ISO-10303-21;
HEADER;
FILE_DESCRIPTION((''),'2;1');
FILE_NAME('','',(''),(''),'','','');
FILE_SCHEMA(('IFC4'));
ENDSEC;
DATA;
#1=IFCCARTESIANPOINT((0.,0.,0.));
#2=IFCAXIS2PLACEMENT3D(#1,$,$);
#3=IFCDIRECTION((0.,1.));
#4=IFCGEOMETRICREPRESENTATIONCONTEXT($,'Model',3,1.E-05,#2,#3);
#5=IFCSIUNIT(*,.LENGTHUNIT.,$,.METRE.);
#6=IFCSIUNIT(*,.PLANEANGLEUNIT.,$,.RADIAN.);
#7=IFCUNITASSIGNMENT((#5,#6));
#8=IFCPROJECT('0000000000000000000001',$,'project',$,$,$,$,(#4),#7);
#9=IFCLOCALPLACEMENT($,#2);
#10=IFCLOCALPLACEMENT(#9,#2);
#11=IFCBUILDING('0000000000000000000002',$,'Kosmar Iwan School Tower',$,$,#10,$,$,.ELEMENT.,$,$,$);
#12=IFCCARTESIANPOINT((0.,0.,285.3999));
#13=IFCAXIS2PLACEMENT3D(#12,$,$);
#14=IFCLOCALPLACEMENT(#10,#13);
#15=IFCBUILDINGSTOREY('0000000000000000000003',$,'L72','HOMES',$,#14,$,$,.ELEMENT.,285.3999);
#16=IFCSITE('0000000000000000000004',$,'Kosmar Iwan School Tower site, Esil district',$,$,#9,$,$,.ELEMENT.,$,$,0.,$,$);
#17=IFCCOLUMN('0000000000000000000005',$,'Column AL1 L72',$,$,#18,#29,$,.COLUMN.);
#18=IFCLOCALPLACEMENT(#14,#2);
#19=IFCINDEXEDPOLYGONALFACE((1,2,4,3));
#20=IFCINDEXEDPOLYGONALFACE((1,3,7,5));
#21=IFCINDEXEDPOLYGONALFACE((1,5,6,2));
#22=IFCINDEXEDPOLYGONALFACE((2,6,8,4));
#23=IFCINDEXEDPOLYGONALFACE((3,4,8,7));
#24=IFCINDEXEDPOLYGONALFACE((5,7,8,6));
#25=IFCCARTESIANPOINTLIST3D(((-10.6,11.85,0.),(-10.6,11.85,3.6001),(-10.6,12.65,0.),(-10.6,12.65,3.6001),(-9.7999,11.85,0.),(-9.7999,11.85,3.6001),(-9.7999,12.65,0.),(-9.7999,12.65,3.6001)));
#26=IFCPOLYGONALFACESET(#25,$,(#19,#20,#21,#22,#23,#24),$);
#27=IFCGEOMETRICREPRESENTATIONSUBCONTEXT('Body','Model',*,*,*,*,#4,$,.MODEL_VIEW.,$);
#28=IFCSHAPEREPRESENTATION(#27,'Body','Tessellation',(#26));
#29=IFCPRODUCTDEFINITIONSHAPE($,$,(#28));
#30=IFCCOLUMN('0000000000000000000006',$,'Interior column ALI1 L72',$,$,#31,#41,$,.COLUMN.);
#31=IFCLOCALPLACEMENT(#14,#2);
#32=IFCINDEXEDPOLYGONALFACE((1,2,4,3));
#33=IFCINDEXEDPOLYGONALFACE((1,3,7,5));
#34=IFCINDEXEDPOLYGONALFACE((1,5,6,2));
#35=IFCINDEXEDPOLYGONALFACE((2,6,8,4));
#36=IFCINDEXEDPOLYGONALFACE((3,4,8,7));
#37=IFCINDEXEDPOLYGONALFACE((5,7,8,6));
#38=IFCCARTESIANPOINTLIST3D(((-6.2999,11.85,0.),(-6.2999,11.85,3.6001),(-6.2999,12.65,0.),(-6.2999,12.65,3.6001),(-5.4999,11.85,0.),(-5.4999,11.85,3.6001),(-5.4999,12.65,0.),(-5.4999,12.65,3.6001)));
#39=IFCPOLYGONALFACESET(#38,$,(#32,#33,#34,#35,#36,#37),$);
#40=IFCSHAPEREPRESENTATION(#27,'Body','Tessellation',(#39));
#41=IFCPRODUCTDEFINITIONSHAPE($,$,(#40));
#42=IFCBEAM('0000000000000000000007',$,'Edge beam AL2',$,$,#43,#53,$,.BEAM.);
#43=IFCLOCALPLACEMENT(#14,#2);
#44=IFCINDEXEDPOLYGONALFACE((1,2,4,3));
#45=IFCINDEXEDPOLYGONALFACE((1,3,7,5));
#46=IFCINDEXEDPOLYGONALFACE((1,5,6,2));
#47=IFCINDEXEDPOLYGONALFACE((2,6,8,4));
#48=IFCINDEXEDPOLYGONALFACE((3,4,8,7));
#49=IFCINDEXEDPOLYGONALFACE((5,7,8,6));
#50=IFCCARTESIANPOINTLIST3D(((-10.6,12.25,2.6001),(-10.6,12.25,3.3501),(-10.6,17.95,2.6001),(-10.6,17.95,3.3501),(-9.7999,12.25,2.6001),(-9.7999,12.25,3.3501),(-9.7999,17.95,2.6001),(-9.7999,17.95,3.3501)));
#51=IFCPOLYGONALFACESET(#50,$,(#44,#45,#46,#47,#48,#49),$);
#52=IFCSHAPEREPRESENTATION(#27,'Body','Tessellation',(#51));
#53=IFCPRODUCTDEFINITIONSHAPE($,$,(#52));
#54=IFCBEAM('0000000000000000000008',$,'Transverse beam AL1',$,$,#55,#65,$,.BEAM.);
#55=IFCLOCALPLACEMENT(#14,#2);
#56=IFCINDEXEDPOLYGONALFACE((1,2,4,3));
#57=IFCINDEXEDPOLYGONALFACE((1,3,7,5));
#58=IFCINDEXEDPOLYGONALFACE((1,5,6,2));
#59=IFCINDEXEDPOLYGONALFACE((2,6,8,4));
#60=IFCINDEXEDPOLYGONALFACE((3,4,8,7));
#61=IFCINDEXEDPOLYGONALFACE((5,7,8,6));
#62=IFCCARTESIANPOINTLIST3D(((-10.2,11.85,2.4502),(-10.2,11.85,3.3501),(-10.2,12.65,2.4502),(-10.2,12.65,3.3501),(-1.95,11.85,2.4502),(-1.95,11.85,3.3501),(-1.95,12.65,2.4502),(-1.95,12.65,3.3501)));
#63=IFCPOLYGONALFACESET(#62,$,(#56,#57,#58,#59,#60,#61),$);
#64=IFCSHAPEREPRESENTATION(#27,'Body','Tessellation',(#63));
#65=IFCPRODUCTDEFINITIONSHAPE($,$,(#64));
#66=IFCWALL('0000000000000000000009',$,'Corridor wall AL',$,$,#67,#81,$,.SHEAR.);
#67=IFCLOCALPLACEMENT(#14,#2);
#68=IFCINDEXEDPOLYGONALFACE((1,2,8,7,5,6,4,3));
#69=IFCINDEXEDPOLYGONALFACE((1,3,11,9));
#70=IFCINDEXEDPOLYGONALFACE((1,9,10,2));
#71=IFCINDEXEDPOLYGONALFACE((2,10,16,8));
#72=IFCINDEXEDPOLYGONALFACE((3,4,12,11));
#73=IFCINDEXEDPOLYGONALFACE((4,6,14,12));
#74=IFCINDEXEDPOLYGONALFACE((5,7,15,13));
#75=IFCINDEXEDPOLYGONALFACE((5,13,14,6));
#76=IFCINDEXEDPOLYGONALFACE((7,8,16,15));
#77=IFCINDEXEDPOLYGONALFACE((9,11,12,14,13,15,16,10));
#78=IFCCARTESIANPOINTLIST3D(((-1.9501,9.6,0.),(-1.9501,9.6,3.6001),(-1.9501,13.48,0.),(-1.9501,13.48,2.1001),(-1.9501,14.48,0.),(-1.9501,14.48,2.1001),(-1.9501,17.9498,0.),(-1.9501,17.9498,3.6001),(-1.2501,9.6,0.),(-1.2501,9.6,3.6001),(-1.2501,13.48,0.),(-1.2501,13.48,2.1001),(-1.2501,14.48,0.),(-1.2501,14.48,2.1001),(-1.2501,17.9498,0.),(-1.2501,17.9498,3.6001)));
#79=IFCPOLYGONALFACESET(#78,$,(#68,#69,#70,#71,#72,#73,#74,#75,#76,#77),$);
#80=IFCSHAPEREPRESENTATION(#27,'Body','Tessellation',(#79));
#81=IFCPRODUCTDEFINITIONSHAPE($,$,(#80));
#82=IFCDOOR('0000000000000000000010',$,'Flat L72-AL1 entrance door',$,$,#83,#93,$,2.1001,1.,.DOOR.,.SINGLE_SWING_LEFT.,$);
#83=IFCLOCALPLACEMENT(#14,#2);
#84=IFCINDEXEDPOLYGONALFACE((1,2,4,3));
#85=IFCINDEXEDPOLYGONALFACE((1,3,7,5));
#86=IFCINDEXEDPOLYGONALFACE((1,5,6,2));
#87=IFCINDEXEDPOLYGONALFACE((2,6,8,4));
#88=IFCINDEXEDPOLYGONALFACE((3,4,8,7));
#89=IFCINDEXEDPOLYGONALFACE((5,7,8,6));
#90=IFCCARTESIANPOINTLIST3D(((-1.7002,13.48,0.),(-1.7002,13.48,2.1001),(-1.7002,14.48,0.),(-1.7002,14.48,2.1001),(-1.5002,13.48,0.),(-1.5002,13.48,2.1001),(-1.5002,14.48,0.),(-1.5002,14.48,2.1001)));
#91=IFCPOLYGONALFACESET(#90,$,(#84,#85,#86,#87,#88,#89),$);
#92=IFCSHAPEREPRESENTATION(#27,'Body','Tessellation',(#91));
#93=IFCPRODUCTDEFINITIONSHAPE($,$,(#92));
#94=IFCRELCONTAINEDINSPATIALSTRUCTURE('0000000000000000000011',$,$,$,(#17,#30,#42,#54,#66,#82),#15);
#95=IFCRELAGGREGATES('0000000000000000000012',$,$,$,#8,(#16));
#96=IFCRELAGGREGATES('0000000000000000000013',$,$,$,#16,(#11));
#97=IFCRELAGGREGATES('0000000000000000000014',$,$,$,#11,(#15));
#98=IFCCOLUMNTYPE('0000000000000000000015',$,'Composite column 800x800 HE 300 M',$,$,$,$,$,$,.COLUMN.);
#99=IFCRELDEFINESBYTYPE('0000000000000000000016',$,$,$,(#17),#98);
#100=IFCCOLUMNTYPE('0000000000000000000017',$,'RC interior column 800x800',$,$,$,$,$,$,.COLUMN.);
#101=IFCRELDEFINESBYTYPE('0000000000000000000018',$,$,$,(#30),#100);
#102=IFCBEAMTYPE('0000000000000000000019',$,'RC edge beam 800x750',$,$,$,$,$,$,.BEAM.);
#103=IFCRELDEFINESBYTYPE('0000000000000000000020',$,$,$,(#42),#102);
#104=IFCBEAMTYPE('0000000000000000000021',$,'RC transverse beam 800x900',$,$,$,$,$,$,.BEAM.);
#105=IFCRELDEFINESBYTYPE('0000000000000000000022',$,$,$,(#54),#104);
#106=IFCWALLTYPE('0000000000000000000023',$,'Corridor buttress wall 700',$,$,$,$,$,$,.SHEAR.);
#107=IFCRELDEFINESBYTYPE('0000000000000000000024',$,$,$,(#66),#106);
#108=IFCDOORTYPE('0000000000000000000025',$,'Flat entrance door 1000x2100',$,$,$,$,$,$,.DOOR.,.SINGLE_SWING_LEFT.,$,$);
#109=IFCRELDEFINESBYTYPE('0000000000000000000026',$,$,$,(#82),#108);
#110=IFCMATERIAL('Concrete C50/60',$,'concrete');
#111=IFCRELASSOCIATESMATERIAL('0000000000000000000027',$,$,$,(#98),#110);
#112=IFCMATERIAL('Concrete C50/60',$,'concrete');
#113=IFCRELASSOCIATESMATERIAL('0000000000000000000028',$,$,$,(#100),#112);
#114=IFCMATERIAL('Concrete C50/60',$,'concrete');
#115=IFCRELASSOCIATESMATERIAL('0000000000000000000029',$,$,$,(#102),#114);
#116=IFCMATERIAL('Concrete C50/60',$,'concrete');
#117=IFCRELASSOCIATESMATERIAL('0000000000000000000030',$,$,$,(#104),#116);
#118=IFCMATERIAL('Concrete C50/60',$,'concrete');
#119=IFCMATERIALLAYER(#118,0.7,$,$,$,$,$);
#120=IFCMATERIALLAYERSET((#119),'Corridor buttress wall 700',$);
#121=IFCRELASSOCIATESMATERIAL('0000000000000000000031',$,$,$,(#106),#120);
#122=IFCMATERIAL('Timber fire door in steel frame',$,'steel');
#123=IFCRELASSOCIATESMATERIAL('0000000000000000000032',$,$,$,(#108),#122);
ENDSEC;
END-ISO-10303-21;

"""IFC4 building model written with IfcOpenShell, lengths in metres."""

from ifc_helpers import new_model, si_unit, direction, frame, frame_2d, origin, origin_2d, place, context, subcontext, project, spatial, rectangle, extrude, material, layer, layer_set, material_profile, profile_set, type_object, element, fill, save


model = new_model("IFC4")

# Units and contexts
model_context = context("Model", 3, precision=1e-05, world=origin(), true_north=direction((0.0, 1.0)))
body_context = subcontext(model_context, "Body", "Model", "MODEL_VIEW")
ifc_project = project(units=[si_unit("LENGTHUNIT", "METRE"), si_unit("PLANEANGLEUNIT", "RADIAN")], contexts=[model_context])

# Site, building, storey
site_placement = place(None, origin())
site = spatial("IfcSite", under=ifc_project, at=site_placement, Name="Kosmar Iwan School Tower site, Esil district", CompositionType="ELEMENT", RefElevation=0.0)
building_placement = place(site_placement, origin())
building = spatial("IfcBuilding", under=site, at=building_placement, Name="Kosmar Iwan School Tower", CompositionType="ELEMENT")
storey_placement = place(building_placement, frame((0.0, 0.0, 285.3999)))
storey = spatial("IfcBuildingStorey", under=building, at=storey_placement, Name="L72", Description="HOMES", CompositionType="ELEMENT", Elevation=285.3999)

# Columns
ifc_material_1 = material(Name="Concrete C50/60", Category="concrete")
ifc_material_profile_1 = material_profile(ifc_material_1, rectangle(XDim=0.8, YDim=0.8, at=origin_2d()), Name="RC 800x800 + HE 300 M")
ifc_profile_set_1 = profile_set([ifc_material_profile_1], Name="Concrete C50/60")
column_type_1 = type_object("IfcColumnType", Name="Composite column 800x800 HE 300 M", PredefinedType="COLUMN", material=ifc_profile_set_1)
column_1_placement = place(storey_placement, frame((-10.2, 12.25, 0.0), z_axis=(0.0, 0.0, 1.0), x_axis=(0.0, 1.0, 0.0)))
element("IfcColumn", 1, at=column_1_placement, inside=storey, type_object=column_type_1, Name="Column AL1 L72", PredefinedType="COLUMN", context=body_context, shape_type="SweptSolid", body=[
    extrude(rectangle(XDim=0.8, YDim=0.8, at=origin_2d()), origin(), (0.0, 0.0, 1.0), 3.6001),
])
ifc_material_2 = material(Name="Concrete C50/60", Category="concrete")
ifc_material_profile_2 = material_profile(ifc_material_2, rectangle(XDim=0.8, YDim=0.8, at=origin_2d()), Name="RC 800x800")
ifc_profile_set_2 = profile_set([ifc_material_profile_2], Name="Concrete C50/60")
column_type_2 = type_object("IfcColumnType", Name="RC interior column 800x800", PredefinedType="COLUMN", material=ifc_profile_set_2)
column_2_placement = place(storey_placement, frame((-5.8999, 12.25, 0.0), z_axis=(0.0, 0.0, 1.0), x_axis=(0.0, 1.0, 0.0)))
element("IfcColumn", 2, at=column_2_placement, inside=storey, type_object=column_type_2, Name="Interior column ALI1 L72", PredefinedType="COLUMN", context=body_context, shape_type="SweptSolid", body=[
    extrude(rectangle(XDim=0.8, YDim=0.8, at=origin_2d()), origin(), (0.0, 0.0, 1.0), 3.6001),
])

# Beams
ifc_material_3 = material(Name="Concrete C50/60", Category="concrete")
ifc_material_profile_3 = material_profile(ifc_material_3, rectangle(XDim=0.8, YDim=0.75, at=origin_2d()), Name="RC 800x750")
ifc_profile_set_3 = profile_set([ifc_material_profile_3], Name="Concrete C50/60")
beam_type_1 = type_object("IfcBeamType", Name="RC edge beam 800x750", PredefinedType="BEAM", material=ifc_profile_set_3)
beam_1_placement = place(storey_placement, frame((-10.2, 12.25, 2.9751), z_axis=(0.0, 1.0, 0.0), x_axis=(-1.0, 0.0, 0.0)))
element("IfcBeam", 3, at=beam_1_placement, inside=storey, type_object=beam_type_1, Name="Edge beam AL2", PredefinedType="BEAM", context=body_context, shape_type="SweptSolid", body=[
    extrude(rectangle(XDim=0.8, YDim=0.75, at=origin_2d()), origin(), (0.0, 0.0, 1.0), 5.7),
])
ifc_material_4 = material(Name="Concrete C50/60", Category="concrete")
ifc_material_profile_4 = material_profile(ifc_material_4, rectangle(XDim=0.8, YDim=0.8999, at=origin_2d()), Name="RC 800x900")
ifc_profile_set_4 = profile_set([ifc_material_profile_4], Name="Concrete C50/60")
beam_type_2 = type_object("IfcBeamType", Name="RC transverse beam 800x900", PredefinedType="BEAM", material=ifc_profile_set_4)
beam_2_placement = place(storey_placement, frame((-10.2, 12.25, 2.9001), z_axis=(1.0, 0.0, 0.0), x_axis=(0.0, 1.0, 0.0)))
element("IfcBeam", 4, at=beam_2_placement, inside=storey, type_object=beam_type_2, Name="Transverse beam AL1", PredefinedType="BEAM", context=body_context, shape_type="SweptSolid", body=[
    extrude(rectangle(XDim=0.8, YDim=0.8999, at=origin_2d()), origin(), (0.0, 0.0, 1.0), 8.25),
])

# Wall, opening, door
ifc_material_5 = material(Name="Concrete C50/60", Category="concrete")
ifc_layer_1 = layer(ifc_material_5, 0.7)
ifc_layer_set_1 = layer_set([ifc_layer_1], Name="Corridor buttress wall 700")
wall_type_1 = type_object("IfcWallType", Name="Corridor buttress wall 700", PredefinedType="SHEAR", material=ifc_layer_set_1)
wall_1_placement = place(storey_placement, frame((-1.6001, 9.6001, 0.0), z_axis=(0.0, 0.0, 1.0), x_axis=(0.0, 1.0, 0.0)))
wall_1 = element("IfcWall", 5, at=wall_1_placement, inside=storey, type_object=wall_type_1, Name="Corridor wall AL", PredefinedType="SHEAR", context=body_context, shape_type="SweptSolid", body=[
    extrude(rectangle(XDim=8.3499, YDim=0.7, at=frame_2d((4.1748, 0.0))), origin(), (0.0, 0.0, 1.0), 3.6001),
])
opening_1_placement = place(wall_1_placement, frame((3.8799, 0.0, 0.0)))
opening_1 = element("IfcOpeningElement", 6, at=opening_1_placement, cuts=wall_1, PredefinedType="OPENING", context=body_context, shape_type="SweptSolid", body=[
    extrude(rectangle(XDim=1.0, YDim=2.1001, at=frame_2d((0.5, 1.05))), frame((0.0, 0.3621, 0.0), z_axis=(0.0, -1.0, 0.0), x_axis=(1.0, 0.0, 0.0)), (0.0, 0.0, 1.0), 0.7239),
])
ifc_material_6 = material(Name="Timber fire door in steel frame", Category="steel")
door_type_1 = type_object("IfcDoorType", Name="Flat entrance door 1000x2100", OperationType="SINGLE_SWING_LEFT", PredefinedType="DOOR", material=ifc_material_6)
door_1_placement = place(opening_1_placement, origin())
door_1 = element("IfcDoor", 7, at=door_1_placement, inside=storey, type_object=door_type_1, Name="Flat L72-AL1 entrance door", OperationType="SINGLE_SWING_LEFT", OverallHeight=2.1001, OverallWidth=1.0, PredefinedType="DOOR", context=body_context, shape_type="SweptSolid", body=[
    extrude(rectangle(XDim=1.0, YDim=2.1001, at=frame_2d((0.5, 1.05))), frame((0.0, 0.1001, 0.0), z_axis=(0.0, -1.0, 0.0), x_axis=(1.0, 0.0, 0.0)), (0.0, 0.0, 1.0), 0.2),
])
fill(opening_1, door_1)

save(model, "model.ifc")
